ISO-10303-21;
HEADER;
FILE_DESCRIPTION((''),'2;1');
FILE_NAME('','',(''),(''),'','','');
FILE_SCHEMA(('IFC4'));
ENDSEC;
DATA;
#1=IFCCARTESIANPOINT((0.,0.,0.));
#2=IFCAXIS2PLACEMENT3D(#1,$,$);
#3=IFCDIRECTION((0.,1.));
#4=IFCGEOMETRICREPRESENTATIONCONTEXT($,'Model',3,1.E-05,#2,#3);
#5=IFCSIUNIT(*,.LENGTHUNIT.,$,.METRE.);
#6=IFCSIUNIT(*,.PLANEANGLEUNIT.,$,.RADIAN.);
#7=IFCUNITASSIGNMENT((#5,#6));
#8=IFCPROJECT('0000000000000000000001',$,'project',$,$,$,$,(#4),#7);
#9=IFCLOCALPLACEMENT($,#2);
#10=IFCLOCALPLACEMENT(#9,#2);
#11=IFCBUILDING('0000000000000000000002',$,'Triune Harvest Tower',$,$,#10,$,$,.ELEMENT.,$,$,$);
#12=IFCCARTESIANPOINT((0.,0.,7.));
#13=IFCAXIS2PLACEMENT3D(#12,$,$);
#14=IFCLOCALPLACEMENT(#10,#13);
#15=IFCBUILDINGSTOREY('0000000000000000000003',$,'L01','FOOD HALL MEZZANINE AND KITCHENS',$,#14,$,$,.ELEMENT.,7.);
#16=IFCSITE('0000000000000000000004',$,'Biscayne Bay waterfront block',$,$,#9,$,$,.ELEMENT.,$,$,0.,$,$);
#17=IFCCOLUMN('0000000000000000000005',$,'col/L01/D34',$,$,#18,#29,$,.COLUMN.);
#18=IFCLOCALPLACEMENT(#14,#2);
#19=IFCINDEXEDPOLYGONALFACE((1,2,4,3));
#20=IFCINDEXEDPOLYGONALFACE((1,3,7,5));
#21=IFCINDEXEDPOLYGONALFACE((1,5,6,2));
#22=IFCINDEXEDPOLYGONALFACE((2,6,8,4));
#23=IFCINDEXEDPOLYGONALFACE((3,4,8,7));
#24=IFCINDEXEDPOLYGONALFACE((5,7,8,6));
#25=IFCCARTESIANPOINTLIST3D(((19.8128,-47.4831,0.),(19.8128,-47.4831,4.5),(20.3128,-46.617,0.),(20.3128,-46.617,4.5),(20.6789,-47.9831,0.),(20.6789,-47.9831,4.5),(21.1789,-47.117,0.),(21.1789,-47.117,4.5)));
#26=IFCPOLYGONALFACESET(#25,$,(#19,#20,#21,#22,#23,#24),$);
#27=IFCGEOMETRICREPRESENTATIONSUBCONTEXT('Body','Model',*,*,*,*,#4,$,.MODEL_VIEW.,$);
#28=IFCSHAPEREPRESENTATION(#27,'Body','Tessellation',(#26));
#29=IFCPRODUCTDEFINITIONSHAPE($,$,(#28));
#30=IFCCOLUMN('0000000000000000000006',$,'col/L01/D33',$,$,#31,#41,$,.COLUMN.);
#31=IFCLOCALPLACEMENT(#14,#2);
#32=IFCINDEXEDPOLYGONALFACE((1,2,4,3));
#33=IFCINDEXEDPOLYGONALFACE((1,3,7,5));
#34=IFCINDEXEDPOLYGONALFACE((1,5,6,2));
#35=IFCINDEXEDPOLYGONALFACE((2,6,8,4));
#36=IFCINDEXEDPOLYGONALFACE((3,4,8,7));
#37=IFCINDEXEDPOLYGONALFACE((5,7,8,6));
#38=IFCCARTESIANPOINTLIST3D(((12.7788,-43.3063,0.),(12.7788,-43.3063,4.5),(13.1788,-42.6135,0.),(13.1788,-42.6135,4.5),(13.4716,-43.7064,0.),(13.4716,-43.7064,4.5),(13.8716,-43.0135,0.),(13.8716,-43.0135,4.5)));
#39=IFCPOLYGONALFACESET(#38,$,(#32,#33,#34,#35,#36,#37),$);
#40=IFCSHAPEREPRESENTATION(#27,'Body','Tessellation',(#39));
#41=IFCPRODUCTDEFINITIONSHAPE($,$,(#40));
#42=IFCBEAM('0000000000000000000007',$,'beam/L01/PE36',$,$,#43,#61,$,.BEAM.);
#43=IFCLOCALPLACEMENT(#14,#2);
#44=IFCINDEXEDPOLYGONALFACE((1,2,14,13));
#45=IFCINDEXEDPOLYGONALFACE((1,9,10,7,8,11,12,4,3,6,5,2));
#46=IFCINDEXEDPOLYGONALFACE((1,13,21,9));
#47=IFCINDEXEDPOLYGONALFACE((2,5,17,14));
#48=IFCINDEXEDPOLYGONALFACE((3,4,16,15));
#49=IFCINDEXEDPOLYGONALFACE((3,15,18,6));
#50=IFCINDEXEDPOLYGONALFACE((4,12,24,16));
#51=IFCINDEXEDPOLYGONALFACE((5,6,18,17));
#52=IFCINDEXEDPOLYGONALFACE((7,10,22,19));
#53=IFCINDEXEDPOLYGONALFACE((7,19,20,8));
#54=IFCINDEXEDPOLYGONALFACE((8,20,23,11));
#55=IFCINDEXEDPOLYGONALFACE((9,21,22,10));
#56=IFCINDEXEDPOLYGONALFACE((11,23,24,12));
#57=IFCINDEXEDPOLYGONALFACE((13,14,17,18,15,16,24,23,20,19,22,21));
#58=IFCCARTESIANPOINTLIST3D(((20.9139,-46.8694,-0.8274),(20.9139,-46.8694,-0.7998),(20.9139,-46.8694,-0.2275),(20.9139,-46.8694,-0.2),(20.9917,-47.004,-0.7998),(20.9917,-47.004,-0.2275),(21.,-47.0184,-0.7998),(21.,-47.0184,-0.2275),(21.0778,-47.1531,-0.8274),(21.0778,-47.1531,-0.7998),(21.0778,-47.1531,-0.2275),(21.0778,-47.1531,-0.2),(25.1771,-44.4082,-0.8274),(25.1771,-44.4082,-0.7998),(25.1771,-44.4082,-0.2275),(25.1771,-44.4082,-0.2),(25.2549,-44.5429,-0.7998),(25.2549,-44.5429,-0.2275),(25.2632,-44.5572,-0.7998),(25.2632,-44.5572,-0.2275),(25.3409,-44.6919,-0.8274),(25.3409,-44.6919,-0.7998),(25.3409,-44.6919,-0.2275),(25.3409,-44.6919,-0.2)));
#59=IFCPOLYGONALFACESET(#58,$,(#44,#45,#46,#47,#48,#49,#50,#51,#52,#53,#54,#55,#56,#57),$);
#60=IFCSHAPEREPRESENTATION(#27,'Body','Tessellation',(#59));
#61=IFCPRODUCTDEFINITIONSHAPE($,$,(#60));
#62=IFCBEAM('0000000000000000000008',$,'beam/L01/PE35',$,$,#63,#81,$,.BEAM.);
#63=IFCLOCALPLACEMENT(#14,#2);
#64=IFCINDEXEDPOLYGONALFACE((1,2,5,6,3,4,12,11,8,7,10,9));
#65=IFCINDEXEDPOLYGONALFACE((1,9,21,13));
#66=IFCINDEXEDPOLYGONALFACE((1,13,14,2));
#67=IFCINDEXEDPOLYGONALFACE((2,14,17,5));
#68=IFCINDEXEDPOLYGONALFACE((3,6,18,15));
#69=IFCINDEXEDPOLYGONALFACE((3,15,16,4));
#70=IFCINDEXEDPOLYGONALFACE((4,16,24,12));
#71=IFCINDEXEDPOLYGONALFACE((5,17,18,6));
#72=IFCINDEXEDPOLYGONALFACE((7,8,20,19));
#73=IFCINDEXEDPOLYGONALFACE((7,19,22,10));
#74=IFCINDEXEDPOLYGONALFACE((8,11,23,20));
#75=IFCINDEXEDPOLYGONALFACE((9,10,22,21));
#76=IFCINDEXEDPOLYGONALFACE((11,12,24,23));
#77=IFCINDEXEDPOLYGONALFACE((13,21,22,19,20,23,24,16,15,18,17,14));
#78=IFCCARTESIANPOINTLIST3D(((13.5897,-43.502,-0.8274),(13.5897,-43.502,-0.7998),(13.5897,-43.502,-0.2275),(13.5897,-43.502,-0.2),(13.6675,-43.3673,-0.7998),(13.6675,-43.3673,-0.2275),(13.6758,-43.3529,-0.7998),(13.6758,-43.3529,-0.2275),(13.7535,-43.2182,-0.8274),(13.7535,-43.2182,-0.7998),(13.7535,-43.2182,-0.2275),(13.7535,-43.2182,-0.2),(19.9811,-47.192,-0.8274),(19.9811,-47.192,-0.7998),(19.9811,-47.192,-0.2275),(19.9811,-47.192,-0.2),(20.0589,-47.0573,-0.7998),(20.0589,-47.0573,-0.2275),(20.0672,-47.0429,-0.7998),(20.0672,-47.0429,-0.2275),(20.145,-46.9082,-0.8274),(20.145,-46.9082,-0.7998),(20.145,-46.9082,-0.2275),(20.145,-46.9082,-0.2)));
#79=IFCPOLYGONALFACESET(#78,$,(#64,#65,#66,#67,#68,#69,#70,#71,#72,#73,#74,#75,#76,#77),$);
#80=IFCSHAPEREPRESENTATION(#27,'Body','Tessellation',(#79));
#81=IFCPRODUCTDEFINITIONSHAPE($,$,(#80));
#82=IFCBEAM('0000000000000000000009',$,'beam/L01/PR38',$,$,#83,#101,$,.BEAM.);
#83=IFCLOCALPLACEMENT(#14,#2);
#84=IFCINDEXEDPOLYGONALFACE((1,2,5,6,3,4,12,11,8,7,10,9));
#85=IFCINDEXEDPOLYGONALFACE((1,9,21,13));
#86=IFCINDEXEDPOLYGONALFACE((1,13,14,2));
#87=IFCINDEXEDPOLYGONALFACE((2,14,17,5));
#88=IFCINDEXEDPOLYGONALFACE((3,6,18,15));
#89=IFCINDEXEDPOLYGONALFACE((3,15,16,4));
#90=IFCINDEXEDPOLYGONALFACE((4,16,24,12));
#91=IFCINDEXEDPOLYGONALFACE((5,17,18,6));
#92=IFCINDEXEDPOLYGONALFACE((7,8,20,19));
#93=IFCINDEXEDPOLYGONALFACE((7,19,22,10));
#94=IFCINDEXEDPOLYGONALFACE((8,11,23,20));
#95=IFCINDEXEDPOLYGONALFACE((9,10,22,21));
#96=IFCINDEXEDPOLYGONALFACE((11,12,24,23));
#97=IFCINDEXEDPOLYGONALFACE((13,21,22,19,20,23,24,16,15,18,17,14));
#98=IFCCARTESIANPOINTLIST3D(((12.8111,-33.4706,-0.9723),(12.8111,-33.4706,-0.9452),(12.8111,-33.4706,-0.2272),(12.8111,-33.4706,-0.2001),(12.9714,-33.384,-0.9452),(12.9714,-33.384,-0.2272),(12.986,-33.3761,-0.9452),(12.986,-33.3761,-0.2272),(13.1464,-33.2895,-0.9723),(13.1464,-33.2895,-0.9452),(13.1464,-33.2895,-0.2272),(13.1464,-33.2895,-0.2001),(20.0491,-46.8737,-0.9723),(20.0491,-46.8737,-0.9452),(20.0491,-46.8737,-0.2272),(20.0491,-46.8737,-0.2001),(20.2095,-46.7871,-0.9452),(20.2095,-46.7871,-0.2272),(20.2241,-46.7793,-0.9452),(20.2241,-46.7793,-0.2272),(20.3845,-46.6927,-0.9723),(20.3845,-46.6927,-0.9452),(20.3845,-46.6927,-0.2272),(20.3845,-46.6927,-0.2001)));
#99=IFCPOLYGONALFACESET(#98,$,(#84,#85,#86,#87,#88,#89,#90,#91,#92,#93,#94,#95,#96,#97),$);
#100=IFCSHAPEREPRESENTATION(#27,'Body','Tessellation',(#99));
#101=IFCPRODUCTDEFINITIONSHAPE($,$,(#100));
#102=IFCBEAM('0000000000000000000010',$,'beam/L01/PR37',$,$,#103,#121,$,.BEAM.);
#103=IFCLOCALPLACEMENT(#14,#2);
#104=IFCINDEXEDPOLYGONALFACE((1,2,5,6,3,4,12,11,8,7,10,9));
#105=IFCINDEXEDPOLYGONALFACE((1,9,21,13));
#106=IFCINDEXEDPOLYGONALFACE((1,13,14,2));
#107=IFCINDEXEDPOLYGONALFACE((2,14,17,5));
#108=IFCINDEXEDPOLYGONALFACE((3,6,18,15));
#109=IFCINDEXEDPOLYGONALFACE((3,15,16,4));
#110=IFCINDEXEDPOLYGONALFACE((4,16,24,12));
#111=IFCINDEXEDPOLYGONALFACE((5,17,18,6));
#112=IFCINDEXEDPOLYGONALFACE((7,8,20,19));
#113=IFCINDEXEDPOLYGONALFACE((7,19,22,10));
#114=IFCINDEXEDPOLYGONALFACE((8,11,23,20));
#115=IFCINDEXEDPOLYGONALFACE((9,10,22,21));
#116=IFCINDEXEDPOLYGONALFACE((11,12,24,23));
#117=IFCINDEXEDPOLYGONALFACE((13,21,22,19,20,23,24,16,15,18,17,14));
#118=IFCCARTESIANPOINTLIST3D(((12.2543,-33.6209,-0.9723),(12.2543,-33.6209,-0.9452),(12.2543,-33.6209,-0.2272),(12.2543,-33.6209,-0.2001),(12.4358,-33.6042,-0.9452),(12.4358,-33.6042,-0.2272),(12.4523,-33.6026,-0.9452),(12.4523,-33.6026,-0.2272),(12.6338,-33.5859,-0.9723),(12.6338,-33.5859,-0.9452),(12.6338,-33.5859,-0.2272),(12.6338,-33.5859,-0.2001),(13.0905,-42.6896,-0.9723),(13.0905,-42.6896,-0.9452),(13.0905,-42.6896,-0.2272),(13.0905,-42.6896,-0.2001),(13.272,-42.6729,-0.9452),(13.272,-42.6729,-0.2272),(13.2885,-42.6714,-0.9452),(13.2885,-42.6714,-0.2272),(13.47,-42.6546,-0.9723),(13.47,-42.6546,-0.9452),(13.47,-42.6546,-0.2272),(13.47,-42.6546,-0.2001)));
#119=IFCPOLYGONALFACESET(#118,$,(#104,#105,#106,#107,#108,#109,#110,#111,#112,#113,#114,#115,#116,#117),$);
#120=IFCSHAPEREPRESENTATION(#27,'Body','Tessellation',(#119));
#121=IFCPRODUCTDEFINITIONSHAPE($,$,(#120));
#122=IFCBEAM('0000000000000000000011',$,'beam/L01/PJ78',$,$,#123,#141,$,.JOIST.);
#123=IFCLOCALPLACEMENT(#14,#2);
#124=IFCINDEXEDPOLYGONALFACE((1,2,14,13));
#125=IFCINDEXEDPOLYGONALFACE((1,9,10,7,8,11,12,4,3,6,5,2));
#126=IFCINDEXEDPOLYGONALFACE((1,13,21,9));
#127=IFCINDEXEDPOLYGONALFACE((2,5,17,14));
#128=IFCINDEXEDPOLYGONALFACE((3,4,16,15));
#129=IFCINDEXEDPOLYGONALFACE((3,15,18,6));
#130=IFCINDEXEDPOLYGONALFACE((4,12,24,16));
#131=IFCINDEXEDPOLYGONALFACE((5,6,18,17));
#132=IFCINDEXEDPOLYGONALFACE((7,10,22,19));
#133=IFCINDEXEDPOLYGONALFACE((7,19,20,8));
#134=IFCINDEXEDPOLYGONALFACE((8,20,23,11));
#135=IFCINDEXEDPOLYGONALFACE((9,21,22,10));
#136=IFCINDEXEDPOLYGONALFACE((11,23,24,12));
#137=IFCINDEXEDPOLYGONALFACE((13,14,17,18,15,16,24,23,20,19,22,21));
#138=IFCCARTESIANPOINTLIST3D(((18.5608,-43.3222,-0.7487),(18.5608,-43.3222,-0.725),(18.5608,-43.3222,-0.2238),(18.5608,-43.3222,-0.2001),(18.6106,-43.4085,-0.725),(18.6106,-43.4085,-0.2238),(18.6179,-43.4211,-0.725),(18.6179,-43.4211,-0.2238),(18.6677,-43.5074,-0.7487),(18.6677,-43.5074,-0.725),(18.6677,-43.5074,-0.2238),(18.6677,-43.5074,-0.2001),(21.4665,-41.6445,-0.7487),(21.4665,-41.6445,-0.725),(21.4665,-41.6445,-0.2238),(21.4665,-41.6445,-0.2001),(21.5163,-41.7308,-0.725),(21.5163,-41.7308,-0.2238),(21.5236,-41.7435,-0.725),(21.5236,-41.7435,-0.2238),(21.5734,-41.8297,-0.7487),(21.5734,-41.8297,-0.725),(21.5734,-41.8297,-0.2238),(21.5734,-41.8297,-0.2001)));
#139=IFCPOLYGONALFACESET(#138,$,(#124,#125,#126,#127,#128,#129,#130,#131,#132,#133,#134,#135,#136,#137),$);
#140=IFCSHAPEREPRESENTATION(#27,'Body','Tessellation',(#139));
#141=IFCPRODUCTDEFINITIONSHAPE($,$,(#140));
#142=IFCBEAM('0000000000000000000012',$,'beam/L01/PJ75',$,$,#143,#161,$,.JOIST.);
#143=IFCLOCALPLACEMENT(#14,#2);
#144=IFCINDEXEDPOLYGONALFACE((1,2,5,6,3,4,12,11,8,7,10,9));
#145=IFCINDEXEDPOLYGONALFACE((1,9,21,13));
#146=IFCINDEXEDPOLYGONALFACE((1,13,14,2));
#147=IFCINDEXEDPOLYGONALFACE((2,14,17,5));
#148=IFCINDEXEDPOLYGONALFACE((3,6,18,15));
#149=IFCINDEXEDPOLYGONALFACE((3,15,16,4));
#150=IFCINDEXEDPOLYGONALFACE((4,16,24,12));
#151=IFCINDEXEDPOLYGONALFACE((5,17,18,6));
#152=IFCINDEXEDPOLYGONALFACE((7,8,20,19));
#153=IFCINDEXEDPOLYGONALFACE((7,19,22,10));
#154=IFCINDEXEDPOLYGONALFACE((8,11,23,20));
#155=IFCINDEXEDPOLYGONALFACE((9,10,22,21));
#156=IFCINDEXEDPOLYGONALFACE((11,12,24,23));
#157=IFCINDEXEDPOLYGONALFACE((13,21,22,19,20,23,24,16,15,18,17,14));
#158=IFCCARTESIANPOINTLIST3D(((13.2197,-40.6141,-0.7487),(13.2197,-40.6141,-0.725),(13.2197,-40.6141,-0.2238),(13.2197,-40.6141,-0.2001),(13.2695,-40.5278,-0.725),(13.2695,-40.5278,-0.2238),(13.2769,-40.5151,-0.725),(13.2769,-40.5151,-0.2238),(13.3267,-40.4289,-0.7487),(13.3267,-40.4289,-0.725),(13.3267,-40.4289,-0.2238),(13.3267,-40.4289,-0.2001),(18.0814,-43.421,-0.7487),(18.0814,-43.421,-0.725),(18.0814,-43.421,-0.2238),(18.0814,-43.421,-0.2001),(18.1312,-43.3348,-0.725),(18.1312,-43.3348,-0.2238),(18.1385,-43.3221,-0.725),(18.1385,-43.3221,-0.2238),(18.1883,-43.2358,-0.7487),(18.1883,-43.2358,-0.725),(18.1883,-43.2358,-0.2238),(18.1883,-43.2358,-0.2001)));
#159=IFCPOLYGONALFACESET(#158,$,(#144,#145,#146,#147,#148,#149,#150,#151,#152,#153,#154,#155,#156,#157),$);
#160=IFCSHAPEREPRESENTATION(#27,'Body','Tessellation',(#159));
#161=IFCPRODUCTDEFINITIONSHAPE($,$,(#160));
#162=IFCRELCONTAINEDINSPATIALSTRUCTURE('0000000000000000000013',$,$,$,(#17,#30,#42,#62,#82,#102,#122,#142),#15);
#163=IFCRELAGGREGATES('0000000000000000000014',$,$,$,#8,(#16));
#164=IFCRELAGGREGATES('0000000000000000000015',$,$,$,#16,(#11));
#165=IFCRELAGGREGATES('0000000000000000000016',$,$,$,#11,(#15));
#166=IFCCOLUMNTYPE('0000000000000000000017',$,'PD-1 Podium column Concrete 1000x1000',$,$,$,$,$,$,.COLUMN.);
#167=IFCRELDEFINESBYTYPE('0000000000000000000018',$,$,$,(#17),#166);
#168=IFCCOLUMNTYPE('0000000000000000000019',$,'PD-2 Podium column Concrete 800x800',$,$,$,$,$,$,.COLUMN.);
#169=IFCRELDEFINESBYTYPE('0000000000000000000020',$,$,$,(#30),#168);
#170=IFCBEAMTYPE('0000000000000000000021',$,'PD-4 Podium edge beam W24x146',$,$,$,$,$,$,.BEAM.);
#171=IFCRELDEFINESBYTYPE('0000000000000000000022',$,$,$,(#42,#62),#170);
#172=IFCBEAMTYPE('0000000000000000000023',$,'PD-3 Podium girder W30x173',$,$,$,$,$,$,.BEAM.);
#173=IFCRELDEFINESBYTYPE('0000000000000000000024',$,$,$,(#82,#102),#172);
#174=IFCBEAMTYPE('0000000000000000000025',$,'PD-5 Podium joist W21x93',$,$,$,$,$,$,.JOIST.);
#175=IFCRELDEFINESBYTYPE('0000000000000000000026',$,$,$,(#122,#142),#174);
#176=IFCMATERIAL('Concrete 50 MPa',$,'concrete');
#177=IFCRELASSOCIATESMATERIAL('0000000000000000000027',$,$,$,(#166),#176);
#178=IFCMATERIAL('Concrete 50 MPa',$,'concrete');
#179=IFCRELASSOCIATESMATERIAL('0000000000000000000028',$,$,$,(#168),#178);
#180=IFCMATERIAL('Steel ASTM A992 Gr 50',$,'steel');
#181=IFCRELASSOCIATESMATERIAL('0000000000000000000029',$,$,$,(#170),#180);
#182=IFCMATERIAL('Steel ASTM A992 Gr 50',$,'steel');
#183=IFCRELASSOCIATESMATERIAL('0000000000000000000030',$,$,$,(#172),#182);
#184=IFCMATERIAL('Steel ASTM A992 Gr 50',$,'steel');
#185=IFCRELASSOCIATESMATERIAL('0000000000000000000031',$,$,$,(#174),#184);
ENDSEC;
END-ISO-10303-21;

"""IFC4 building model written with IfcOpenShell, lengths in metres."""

from ifc_helpers import new_model, si_unit, direction, frame, origin, origin_2d, place, context, subcontext, project, spatial, rectangle, i_section, extrude, source, transform, mapped, material, material_profile, profile_set, type_object, element, save


model = new_model("IFC4")

# Units and contexts
model_context = context("Model", 3, precision=1e-05, world=origin(), true_north=direction((0.0, 1.0)))
body_context = subcontext(model_context, "Body", "Model", "MODEL_VIEW")
ifc_project = project(units=[si_unit("LENGTHUNIT", "METRE"), si_unit("PLANEANGLEUNIT", "RADIAN")], contexts=[model_context])

# Site, building, storey
site_placement = place(None, origin())
site = spatial("IfcSite", under=ifc_project, at=site_placement, Name="Biscayne Bay waterfront block", CompositionType="ELEMENT", RefElevation=0.0)
building_placement = place(site_placement, origin())
building = spatial("IfcBuilding", under=site, at=building_placement, Name="Triune Harvest Tower", CompositionType="ELEMENT")
storey_placement = place(building_placement, frame((0.0, 0.0, 7.0)))
storey = spatial("IfcBuildingStorey", under=building, at=storey_placement, Name="L01", Description="FOOD HALL MEZZANINE AND KITCHENS", CompositionType="ELEMENT", Elevation=7.0)

# Columns
ifc_material_1 = material(Name="Concrete 50 MPa", Category="concrete")
ifc_material_profile_1 = material_profile(ifc_material_1, rectangle(XDim=1.0, YDim=1.0, at=origin_2d()), Name="Concrete 1000x1000")
ifc_profile_set_1 = profile_set([ifc_material_profile_1], Name="Concrete 50 MPa")
column_type_1 = type_object("IfcColumnType", Name="PD-1 Podium column Concrete 1000x1000", PredefinedType="COLUMN", material=ifc_profile_set_1)
shared_shape_1 = source(origin(), body_context, "Body", "SweptSolid", [
    extrude(rectangle(XDim=1.0, YDim=1.0, at=origin_2d()), origin(), (0.0, 0.0, 1.0), 4.5),
])
column_1_placement = place(storey_placement, frame((20.4958, -47.3, 0.0), z_axis=(0.0, 0.0, 1.0), x_axis=(0.866025, -0.5, 0.0)))
element("IfcColumn", 1, at=column_1_placement, inside=storey, type_object=column_type_1, Name="col/L01/D34", PredefinedType="COLUMN", context=body_context, shape_type="MappedRepresentation", body=[
    mapped(shared_shape_1, transform((0.0, 0.0, 0.0), scale=1.0)),
])
ifc_material_2 = material(Name="Concrete 50 MPa", Category="concrete")
ifc_material_profile_2 = material_profile(ifc_material_2, rectangle(XDim=0.8, YDim=0.8, at=origin_2d()), Name="Concrete 800x800")
ifc_profile_set_2 = profile_set([ifc_material_profile_2], Name="Concrete 50 MPa")
column_type_2 = type_object("IfcColumnType", Name="PD-2 Podium column Concrete 800x800", PredefinedType="COLUMN", material=ifc_profile_set_2)
shared_shape_2 = source(origin(), body_context, "Body", "SweptSolid", [
    extrude(rectangle(XDim=0.8, YDim=0.8, at=origin_2d()), origin(), (0.0, 0.0, 1.0), 4.5),
])
column_2_placement = place(storey_placement, frame((13.3252, -43.1599, 0.0), z_axis=(0.0, 0.0, 1.0), x_axis=(0.866025, -0.5, 0.0)))
element("IfcColumn", 2, at=column_2_placement, inside=storey, type_object=column_type_2, Name="col/L01/D33", PredefinedType="COLUMN", context=body_context, shape_type="MappedRepresentation", body=[
    mapped(shared_shape_2, transform((0.0, 0.0, 0.0), scale=1.0)),
])

# Beams
ifc_material_3 = material(Name="Steel ASTM A992 Gr 50", Category="steel")
ifc_material_profile_3 = material_profile(ifc_material_3, i_section(OverallWidth=0.3276, OverallDepth=0.6274, WebThickness=0.0166, FlangeThickness=0.0276, at=origin_2d()), Name="W24x146")
ifc_profile_set_3 = profile_set([ifc_material_profile_3], Name="Steel ASTM A992 Gr 50")
beam_type_1 = type_object("IfcBeamType", Name="PD-4 Podium edge beam W24x146", PredefinedType="BEAM", material=ifc_profile_set_3)
shared_shape_3 = source(origin(), body_context, "Body", "SweptSolid", [
    extrude(i_section(OverallWidth=0.3276, OverallDepth=0.6274, WebThickness=0.0166, FlangeThickness=0.0276, at=origin_2d()), origin(), (0.0, 0.0, 1.0), 4.9226),
])
beam_1_placement = place(storey_placement, frame((20.9958, -47.0112, -0.5137), z_axis=(0.86604, 0.499974, 0.0), x_axis=(-0.499974, 0.86604, 0.0)))
element("IfcBeam", 3, at=beam_1_placement, inside=storey, type_object=beam_type_1, Name="beam/L01/PE36", PredefinedType="BEAM", context=body_context, shape_type="MappedRepresentation", body=[
    mapped(shared_shape_3, transform((0.0, 0.0, 0.0), scale=1.0)),
])
shared_shape_4 = source(origin(), body_context, "Body", "SweptSolid", [
    extrude(i_section(OverallWidth=0.3276, OverallDepth=0.6274, WebThickness=0.0166, FlangeThickness=0.0276, at=origin_2d()), origin(), (0.0, 0.0, 1.0), 7.3801),
])
beam_2_placement = place(storey_placement, frame((13.6716, -43.3601, -0.5137), z_axis=(0.866032, -0.499989, 0.0), x_axis=(0.499989, 0.866032, 0.0)))
element("IfcBeam", 4, at=beam_2_placement, inside=storey, type_object=beam_type_1, Name="beam/L01/PE35", PredefinedType="BEAM", context=body_context, shape_type="MappedRepresentation", body=[
    mapped(shared_shape_4, transform((0.0, 0.0, 0.0), scale=1.0)),
])
ifc_material_4 = material(Name="Steel ASTM A992 Gr 50", Category="steel")
ifc_material_profile_4 = material_profile(ifc_material_4, i_section(OverallWidth=0.3811, OverallDepth=0.7722, WebThickness=0.0166, FlangeThickness=0.0271, at=origin_2d()), Name="W30x173")
ifc_profile_set_4 = profile_set([ifc_material_profile_4], Name="Steel ASTM A992 Gr 50")
beam_type_2 = type_object("IfcBeamType", Name="PD-3 Podium girder W30x173", PredefinedType="BEAM", material=ifc_profile_set_4)
shared_shape_5 = source(origin(), body_context, "Body", "SweptSolid", [
    extrude(i_section(OverallWidth=0.3811, OverallDepth=0.7722, WebThickness=0.0166, FlangeThickness=0.0271, at=origin_2d()), origin(), (0.0, 0.0, 1.0), 15.2327),
])
beam_3_placement = place(storey_placement, frame((20.2168, -46.7832, -0.5862), z_axis=(-0.475168, 0.879895, 0.0), x_axis=(-0.879895, -0.475168, 0.0)))
element("IfcBeam", 5, at=beam_3_placement, inside=storey, type_object=beam_type_2, Name="beam/L01/PR38", PredefinedType="BEAM", context=body_context, shape_type="MappedRepresentation", body=[
    mapped(shared_shape_5, transform((0.0, 0.0, 0.0), scale=1.0)),
])
shared_shape_6 = source(origin(), body_context, "Body", "SweptSolid", [
    extrude(i_section(OverallWidth=0.3811, OverallDepth=0.7722, WebThickness=0.0166, FlangeThickness=0.0271, at=origin_2d()), origin(), (0.0, 0.0, 1.0), 9.1072),
])
beam_4_placement = place(storey_placement, frame((13.2803, -42.6721, -0.5862), z_axis=(-0.091817, 0.995776, 0.0), x_axis=(-0.995776, -0.091817, 0.0)))
element("IfcBeam", 6, at=beam_4_placement, inside=storey, type_object=beam_type_2, Name="beam/L01/PR37", PredefinedType="BEAM", context=body_context, shape_type="MappedRepresentation", body=[
    mapped(shared_shape_6, transform((0.0, 0.0, 0.0), scale=1.0)),
])
ifc_material_5 = material(Name="Steel ASTM A992 Gr 50", Category="steel")
ifc_material_profile_5 = material_profile(ifc_material_5, i_section(OverallWidth=0.2139, OverallDepth=0.5486, WebThickness=0.0146, FlangeThickness=0.0237, at=origin_2d()), Name="W21x93")
ifc_profile_set_5 = profile_set([ifc_material_profile_5], Name="Steel ASTM A992 Gr 50")
beam_type_3 = type_object("IfcBeamType", Name="PD-5 Podium joist W21x93", PredefinedType="JOIST", material=ifc_profile_set_5)
shared_shape_7 = source(origin(), body_context, "Body", "SweptSolid", [
    extrude(i_section(OverallWidth=0.2139, OverallDepth=0.5486, WebThickness=0.0146, FlangeThickness=0.0237, at=origin_2d()), origin(), (0.0, 0.0, 1.0), 3.3552),
])
beam_5_placement = place(storey_placement, frame((18.6143, -43.4148, -0.4744), z_axis=(0.866014, 0.500021, 0.0), x_axis=(-0.500021, 0.866014, 0.0)))
element("IfcBeam", 7, at=beam_5_placement, inside=storey, type_object=beam_type_3, Name="beam/L01/PJ78", PredefinedType="JOIST", context=body_context, shape_type="MappedRepresentation", body=[
    mapped(shared_shape_7, transform((0.0, 0.0, 0.0), scale=1.0)),
])
shared_shape_8 = source(origin(), body_context, "Body", "SweptSolid", [
    extrude(i_section(OverallWidth=0.2139, OverallDepth=0.5486, WebThickness=0.0146, FlangeThickness=0.0237, at=origin_2d()), origin(), (0.0, 0.0, 1.0), 5.6138),
])
beam_6_placement = place(storey_placement, frame((13.2732, -40.5215, -0.4744), z_axis=(0.866021, -0.500007, 0.0), x_axis=(0.500007, 0.866021, 0.0)))
element("IfcBeam", 8, at=beam_6_placement, inside=storey, type_object=beam_type_3, Name="beam/L01/PJ75", PredefinedType="JOIST", context=body_context, shape_type="MappedRepresentation", body=[
    mapped(shared_shape_8, transform((0.0, 0.0, 0.0), scale=1.0)),
])

save(model, "model.ifc")
